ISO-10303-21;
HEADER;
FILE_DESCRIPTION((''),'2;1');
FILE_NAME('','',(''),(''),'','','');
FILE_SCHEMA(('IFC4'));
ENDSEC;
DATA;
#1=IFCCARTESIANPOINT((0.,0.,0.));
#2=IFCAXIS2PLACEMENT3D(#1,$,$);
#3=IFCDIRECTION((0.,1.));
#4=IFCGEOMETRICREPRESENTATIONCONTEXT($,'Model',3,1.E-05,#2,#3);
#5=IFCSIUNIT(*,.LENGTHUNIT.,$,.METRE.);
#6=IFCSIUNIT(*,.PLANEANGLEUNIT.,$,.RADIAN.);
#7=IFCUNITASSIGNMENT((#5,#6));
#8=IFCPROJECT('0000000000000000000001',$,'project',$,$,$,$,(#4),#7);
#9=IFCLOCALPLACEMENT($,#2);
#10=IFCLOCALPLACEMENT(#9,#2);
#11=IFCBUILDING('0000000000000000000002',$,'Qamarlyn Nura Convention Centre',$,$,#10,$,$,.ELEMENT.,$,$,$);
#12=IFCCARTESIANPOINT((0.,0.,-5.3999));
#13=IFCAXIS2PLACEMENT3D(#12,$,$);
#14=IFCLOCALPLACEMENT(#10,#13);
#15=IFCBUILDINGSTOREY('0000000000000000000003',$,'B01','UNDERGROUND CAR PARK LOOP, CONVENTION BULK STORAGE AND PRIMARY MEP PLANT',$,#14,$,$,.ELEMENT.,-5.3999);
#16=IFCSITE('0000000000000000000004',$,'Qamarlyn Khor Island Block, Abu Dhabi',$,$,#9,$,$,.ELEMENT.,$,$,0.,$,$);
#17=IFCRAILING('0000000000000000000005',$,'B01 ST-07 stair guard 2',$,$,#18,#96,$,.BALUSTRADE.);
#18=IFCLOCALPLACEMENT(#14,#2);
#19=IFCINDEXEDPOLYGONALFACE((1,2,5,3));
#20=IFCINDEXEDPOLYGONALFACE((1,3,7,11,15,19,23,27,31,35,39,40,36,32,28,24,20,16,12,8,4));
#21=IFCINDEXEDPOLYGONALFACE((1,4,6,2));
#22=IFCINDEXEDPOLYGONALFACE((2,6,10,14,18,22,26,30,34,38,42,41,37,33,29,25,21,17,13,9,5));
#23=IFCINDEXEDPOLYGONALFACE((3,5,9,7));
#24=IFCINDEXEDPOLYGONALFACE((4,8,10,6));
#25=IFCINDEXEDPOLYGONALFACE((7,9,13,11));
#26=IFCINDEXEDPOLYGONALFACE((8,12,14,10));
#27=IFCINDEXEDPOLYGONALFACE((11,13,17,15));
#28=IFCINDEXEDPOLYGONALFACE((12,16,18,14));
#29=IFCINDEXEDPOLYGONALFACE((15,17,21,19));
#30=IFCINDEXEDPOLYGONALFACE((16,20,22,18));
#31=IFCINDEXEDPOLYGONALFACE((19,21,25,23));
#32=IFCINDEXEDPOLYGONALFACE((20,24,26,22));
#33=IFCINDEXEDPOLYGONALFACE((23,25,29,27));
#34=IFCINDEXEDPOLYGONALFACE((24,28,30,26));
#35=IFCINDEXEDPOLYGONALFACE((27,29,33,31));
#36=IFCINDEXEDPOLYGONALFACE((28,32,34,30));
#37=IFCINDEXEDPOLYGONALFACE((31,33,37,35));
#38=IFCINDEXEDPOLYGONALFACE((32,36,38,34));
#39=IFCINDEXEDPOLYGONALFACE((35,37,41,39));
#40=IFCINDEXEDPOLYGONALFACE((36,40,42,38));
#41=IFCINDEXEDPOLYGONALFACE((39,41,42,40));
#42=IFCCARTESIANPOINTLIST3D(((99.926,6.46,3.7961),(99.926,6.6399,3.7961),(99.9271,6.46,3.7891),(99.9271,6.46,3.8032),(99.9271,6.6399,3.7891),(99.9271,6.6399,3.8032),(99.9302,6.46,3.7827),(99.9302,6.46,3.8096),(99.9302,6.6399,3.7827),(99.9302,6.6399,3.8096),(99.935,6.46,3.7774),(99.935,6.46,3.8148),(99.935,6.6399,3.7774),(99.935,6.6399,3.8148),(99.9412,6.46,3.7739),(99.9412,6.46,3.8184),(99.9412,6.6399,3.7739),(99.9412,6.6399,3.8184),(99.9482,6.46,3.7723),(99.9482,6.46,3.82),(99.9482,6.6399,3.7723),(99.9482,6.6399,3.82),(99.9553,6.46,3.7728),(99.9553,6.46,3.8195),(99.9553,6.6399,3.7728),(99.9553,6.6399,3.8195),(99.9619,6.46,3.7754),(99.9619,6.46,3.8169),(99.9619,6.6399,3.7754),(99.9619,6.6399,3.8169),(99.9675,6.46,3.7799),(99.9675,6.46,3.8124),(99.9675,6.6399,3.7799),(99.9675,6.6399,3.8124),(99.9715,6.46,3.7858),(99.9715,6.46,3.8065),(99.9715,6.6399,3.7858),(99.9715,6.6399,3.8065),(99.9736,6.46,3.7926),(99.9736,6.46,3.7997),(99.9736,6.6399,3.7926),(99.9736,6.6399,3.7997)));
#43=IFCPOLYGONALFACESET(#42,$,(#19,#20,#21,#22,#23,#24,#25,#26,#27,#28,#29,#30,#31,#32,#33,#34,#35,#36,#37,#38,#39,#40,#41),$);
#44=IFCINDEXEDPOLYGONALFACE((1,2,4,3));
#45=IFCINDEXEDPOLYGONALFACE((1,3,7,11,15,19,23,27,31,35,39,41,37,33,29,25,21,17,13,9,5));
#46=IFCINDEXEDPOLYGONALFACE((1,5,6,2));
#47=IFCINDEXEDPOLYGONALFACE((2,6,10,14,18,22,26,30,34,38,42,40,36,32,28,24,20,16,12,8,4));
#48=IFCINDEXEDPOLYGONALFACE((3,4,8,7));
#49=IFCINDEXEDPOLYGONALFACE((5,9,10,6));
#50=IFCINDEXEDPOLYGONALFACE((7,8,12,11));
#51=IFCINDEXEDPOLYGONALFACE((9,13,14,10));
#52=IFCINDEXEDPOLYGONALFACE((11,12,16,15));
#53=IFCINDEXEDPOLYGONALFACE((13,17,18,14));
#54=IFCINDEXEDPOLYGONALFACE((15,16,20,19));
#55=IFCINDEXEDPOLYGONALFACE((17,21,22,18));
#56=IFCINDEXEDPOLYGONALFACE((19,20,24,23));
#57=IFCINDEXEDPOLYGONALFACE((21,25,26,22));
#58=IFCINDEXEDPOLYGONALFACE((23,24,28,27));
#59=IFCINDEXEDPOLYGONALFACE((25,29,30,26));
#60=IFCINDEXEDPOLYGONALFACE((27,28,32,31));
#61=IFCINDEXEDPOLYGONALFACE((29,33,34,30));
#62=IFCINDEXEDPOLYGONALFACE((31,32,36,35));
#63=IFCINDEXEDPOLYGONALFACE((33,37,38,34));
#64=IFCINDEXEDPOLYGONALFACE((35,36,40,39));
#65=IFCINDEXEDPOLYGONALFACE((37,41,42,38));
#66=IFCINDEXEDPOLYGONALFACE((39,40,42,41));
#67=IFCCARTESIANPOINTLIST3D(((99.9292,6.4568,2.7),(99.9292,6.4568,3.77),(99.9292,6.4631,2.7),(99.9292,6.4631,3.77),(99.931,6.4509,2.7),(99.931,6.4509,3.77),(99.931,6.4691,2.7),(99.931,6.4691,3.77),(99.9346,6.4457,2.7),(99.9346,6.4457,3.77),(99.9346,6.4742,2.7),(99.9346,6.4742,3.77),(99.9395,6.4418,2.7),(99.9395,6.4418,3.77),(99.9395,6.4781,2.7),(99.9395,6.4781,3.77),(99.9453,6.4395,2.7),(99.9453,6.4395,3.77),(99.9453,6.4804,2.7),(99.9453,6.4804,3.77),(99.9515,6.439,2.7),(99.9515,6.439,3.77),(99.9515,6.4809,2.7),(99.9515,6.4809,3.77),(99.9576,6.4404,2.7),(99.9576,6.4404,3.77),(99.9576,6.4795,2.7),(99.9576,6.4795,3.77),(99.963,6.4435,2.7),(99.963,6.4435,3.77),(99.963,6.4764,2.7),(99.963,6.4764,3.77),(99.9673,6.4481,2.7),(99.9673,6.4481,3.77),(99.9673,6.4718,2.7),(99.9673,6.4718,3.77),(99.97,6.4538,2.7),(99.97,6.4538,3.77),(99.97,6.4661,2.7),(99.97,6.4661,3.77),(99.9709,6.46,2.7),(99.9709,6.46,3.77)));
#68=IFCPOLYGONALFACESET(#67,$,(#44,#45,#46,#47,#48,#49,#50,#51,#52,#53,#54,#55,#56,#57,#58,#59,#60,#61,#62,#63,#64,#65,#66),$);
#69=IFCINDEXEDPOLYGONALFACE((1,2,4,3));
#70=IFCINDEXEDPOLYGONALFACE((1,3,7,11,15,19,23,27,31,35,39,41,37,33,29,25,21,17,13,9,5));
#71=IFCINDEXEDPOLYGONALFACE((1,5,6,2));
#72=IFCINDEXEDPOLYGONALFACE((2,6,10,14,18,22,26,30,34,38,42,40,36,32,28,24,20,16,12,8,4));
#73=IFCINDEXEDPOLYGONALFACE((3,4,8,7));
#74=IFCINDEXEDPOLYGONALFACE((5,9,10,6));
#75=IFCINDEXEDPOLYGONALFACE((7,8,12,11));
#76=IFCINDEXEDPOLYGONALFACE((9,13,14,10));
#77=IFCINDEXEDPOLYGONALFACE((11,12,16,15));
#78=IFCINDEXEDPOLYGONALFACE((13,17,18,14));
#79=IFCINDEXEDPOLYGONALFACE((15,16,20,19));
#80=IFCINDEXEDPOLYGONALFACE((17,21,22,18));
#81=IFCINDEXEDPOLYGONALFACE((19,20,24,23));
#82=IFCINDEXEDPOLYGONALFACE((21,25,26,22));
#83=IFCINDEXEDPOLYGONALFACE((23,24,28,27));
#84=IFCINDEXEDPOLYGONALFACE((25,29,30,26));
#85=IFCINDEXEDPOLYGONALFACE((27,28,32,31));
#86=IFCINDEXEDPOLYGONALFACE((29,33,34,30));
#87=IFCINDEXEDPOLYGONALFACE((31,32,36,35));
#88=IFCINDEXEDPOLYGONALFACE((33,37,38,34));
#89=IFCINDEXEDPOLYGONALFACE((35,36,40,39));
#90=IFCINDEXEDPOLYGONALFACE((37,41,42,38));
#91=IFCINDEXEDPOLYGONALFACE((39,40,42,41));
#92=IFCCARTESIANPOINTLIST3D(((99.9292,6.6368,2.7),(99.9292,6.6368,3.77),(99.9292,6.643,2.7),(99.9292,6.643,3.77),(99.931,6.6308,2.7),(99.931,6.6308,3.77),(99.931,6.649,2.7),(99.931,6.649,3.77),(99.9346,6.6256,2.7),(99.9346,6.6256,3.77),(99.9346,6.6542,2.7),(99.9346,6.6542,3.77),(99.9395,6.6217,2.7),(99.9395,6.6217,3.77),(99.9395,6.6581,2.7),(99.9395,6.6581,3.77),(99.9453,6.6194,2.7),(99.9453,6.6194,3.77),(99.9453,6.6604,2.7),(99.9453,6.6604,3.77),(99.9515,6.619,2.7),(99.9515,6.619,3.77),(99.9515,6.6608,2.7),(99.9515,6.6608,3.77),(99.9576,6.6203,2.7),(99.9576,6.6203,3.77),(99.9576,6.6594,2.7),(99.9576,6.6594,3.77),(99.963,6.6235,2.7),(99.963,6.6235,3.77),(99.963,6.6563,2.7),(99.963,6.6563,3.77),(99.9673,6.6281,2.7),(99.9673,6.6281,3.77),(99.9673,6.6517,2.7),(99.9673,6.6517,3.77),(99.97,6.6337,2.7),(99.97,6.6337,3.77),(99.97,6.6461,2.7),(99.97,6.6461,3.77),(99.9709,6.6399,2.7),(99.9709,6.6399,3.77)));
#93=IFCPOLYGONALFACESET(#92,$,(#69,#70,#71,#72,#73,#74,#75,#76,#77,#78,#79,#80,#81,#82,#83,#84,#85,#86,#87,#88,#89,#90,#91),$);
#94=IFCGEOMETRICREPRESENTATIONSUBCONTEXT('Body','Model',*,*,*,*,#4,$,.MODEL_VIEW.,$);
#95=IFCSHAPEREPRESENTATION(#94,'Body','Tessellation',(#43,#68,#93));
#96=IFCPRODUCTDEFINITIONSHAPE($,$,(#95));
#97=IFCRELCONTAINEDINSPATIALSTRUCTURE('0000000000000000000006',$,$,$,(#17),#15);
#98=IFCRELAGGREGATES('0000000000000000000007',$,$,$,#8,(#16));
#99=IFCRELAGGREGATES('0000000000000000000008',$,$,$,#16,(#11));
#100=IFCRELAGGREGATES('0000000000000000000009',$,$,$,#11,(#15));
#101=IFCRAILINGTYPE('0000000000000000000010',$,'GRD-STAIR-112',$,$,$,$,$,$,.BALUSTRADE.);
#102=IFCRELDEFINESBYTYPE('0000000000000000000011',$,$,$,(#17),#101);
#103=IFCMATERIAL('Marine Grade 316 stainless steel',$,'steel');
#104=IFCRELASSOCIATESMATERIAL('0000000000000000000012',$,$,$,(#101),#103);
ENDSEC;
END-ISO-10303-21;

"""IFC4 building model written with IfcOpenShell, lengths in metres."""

from ifc_helpers import new_model, si_unit, direction, frame, origin, origin_2d, place, context, subcontext, project, spatial, circle, extrude, material, type_object, element, save


model = new_model("IFC4")

# Units and contexts
model_context = context("Model", 3, precision=1e-05, world=origin(), true_north=direction((0.0, 1.0)))
body_context = subcontext(model_context, "Body", "Model", "MODEL_VIEW")
ifc_project = project(units=[si_unit("LENGTHUNIT", "METRE"), si_unit("PLANEANGLEUNIT", "RADIAN")], contexts=[model_context])

# Site, building, storey
site_placement = place(None, origin())
site = spatial("IfcSite", under=ifc_project, at=site_placement, Name="Qamarlyn Khor Island Block, Abu Dhabi", CompositionType="ELEMENT", RefElevation=0.0)
building_placement = place(site_placement, origin())
building = spatial("IfcBuilding", under=site, at=building_placement, Name="Qamarlyn Nura Convention Centre", CompositionType="ELEMENT")
storey_placement = place(building_placement, frame((0.0, 0.0, -5.3999)))
storey = spatial("IfcBuildingStorey", under=building, at=storey_placement, Name="B01", Description="UNDERGROUND CAR PARK LOOP, CONVENTION BULK STORAGE AND PRIMARY MEP PLANT", CompositionType="ELEMENT", Elevation=-5.3999)

# Railing
ifc_material_1 = material(Name="Marine Grade 316 stainless steel", Category="steel")
railing_type_1 = type_object("IfcRailingType", Name="GRD-STAIR-112", PredefinedType="BALUSTRADE", material=ifc_material_1)
railing_1_placement = place(storey_placement, frame((99.95, 6.46, 2.7)))
element("IfcRailing", 1, at=railing_1_placement, inside=storey, type_object=railing_type_1, Name="B01 ST-07 stair guard 2", PredefinedType="BALUSTRADE", context=body_context, shape_type="SweptSolid", body=[
    extrude(circle(Radius=0.0239, at=origin_2d()), frame((0.0, 0.0, 1.0962), z_axis=(0.0, 1.0, 0.0), x_axis=(-1.0, 0.0, 0.0)), (0.0, 0.0, 1.0), 0.1799),
    extrude(circle(Radius=0.021, at=origin_2d()), origin(), (0.0, 0.0, 1.0), 1.0701),
    extrude(circle(Radius=0.021, at=origin_2d()), frame((0.0, 0.1799, 0.0)), (0.0, 0.0, 1.0), 1.0701),
])

save(model, "model.ifc")
